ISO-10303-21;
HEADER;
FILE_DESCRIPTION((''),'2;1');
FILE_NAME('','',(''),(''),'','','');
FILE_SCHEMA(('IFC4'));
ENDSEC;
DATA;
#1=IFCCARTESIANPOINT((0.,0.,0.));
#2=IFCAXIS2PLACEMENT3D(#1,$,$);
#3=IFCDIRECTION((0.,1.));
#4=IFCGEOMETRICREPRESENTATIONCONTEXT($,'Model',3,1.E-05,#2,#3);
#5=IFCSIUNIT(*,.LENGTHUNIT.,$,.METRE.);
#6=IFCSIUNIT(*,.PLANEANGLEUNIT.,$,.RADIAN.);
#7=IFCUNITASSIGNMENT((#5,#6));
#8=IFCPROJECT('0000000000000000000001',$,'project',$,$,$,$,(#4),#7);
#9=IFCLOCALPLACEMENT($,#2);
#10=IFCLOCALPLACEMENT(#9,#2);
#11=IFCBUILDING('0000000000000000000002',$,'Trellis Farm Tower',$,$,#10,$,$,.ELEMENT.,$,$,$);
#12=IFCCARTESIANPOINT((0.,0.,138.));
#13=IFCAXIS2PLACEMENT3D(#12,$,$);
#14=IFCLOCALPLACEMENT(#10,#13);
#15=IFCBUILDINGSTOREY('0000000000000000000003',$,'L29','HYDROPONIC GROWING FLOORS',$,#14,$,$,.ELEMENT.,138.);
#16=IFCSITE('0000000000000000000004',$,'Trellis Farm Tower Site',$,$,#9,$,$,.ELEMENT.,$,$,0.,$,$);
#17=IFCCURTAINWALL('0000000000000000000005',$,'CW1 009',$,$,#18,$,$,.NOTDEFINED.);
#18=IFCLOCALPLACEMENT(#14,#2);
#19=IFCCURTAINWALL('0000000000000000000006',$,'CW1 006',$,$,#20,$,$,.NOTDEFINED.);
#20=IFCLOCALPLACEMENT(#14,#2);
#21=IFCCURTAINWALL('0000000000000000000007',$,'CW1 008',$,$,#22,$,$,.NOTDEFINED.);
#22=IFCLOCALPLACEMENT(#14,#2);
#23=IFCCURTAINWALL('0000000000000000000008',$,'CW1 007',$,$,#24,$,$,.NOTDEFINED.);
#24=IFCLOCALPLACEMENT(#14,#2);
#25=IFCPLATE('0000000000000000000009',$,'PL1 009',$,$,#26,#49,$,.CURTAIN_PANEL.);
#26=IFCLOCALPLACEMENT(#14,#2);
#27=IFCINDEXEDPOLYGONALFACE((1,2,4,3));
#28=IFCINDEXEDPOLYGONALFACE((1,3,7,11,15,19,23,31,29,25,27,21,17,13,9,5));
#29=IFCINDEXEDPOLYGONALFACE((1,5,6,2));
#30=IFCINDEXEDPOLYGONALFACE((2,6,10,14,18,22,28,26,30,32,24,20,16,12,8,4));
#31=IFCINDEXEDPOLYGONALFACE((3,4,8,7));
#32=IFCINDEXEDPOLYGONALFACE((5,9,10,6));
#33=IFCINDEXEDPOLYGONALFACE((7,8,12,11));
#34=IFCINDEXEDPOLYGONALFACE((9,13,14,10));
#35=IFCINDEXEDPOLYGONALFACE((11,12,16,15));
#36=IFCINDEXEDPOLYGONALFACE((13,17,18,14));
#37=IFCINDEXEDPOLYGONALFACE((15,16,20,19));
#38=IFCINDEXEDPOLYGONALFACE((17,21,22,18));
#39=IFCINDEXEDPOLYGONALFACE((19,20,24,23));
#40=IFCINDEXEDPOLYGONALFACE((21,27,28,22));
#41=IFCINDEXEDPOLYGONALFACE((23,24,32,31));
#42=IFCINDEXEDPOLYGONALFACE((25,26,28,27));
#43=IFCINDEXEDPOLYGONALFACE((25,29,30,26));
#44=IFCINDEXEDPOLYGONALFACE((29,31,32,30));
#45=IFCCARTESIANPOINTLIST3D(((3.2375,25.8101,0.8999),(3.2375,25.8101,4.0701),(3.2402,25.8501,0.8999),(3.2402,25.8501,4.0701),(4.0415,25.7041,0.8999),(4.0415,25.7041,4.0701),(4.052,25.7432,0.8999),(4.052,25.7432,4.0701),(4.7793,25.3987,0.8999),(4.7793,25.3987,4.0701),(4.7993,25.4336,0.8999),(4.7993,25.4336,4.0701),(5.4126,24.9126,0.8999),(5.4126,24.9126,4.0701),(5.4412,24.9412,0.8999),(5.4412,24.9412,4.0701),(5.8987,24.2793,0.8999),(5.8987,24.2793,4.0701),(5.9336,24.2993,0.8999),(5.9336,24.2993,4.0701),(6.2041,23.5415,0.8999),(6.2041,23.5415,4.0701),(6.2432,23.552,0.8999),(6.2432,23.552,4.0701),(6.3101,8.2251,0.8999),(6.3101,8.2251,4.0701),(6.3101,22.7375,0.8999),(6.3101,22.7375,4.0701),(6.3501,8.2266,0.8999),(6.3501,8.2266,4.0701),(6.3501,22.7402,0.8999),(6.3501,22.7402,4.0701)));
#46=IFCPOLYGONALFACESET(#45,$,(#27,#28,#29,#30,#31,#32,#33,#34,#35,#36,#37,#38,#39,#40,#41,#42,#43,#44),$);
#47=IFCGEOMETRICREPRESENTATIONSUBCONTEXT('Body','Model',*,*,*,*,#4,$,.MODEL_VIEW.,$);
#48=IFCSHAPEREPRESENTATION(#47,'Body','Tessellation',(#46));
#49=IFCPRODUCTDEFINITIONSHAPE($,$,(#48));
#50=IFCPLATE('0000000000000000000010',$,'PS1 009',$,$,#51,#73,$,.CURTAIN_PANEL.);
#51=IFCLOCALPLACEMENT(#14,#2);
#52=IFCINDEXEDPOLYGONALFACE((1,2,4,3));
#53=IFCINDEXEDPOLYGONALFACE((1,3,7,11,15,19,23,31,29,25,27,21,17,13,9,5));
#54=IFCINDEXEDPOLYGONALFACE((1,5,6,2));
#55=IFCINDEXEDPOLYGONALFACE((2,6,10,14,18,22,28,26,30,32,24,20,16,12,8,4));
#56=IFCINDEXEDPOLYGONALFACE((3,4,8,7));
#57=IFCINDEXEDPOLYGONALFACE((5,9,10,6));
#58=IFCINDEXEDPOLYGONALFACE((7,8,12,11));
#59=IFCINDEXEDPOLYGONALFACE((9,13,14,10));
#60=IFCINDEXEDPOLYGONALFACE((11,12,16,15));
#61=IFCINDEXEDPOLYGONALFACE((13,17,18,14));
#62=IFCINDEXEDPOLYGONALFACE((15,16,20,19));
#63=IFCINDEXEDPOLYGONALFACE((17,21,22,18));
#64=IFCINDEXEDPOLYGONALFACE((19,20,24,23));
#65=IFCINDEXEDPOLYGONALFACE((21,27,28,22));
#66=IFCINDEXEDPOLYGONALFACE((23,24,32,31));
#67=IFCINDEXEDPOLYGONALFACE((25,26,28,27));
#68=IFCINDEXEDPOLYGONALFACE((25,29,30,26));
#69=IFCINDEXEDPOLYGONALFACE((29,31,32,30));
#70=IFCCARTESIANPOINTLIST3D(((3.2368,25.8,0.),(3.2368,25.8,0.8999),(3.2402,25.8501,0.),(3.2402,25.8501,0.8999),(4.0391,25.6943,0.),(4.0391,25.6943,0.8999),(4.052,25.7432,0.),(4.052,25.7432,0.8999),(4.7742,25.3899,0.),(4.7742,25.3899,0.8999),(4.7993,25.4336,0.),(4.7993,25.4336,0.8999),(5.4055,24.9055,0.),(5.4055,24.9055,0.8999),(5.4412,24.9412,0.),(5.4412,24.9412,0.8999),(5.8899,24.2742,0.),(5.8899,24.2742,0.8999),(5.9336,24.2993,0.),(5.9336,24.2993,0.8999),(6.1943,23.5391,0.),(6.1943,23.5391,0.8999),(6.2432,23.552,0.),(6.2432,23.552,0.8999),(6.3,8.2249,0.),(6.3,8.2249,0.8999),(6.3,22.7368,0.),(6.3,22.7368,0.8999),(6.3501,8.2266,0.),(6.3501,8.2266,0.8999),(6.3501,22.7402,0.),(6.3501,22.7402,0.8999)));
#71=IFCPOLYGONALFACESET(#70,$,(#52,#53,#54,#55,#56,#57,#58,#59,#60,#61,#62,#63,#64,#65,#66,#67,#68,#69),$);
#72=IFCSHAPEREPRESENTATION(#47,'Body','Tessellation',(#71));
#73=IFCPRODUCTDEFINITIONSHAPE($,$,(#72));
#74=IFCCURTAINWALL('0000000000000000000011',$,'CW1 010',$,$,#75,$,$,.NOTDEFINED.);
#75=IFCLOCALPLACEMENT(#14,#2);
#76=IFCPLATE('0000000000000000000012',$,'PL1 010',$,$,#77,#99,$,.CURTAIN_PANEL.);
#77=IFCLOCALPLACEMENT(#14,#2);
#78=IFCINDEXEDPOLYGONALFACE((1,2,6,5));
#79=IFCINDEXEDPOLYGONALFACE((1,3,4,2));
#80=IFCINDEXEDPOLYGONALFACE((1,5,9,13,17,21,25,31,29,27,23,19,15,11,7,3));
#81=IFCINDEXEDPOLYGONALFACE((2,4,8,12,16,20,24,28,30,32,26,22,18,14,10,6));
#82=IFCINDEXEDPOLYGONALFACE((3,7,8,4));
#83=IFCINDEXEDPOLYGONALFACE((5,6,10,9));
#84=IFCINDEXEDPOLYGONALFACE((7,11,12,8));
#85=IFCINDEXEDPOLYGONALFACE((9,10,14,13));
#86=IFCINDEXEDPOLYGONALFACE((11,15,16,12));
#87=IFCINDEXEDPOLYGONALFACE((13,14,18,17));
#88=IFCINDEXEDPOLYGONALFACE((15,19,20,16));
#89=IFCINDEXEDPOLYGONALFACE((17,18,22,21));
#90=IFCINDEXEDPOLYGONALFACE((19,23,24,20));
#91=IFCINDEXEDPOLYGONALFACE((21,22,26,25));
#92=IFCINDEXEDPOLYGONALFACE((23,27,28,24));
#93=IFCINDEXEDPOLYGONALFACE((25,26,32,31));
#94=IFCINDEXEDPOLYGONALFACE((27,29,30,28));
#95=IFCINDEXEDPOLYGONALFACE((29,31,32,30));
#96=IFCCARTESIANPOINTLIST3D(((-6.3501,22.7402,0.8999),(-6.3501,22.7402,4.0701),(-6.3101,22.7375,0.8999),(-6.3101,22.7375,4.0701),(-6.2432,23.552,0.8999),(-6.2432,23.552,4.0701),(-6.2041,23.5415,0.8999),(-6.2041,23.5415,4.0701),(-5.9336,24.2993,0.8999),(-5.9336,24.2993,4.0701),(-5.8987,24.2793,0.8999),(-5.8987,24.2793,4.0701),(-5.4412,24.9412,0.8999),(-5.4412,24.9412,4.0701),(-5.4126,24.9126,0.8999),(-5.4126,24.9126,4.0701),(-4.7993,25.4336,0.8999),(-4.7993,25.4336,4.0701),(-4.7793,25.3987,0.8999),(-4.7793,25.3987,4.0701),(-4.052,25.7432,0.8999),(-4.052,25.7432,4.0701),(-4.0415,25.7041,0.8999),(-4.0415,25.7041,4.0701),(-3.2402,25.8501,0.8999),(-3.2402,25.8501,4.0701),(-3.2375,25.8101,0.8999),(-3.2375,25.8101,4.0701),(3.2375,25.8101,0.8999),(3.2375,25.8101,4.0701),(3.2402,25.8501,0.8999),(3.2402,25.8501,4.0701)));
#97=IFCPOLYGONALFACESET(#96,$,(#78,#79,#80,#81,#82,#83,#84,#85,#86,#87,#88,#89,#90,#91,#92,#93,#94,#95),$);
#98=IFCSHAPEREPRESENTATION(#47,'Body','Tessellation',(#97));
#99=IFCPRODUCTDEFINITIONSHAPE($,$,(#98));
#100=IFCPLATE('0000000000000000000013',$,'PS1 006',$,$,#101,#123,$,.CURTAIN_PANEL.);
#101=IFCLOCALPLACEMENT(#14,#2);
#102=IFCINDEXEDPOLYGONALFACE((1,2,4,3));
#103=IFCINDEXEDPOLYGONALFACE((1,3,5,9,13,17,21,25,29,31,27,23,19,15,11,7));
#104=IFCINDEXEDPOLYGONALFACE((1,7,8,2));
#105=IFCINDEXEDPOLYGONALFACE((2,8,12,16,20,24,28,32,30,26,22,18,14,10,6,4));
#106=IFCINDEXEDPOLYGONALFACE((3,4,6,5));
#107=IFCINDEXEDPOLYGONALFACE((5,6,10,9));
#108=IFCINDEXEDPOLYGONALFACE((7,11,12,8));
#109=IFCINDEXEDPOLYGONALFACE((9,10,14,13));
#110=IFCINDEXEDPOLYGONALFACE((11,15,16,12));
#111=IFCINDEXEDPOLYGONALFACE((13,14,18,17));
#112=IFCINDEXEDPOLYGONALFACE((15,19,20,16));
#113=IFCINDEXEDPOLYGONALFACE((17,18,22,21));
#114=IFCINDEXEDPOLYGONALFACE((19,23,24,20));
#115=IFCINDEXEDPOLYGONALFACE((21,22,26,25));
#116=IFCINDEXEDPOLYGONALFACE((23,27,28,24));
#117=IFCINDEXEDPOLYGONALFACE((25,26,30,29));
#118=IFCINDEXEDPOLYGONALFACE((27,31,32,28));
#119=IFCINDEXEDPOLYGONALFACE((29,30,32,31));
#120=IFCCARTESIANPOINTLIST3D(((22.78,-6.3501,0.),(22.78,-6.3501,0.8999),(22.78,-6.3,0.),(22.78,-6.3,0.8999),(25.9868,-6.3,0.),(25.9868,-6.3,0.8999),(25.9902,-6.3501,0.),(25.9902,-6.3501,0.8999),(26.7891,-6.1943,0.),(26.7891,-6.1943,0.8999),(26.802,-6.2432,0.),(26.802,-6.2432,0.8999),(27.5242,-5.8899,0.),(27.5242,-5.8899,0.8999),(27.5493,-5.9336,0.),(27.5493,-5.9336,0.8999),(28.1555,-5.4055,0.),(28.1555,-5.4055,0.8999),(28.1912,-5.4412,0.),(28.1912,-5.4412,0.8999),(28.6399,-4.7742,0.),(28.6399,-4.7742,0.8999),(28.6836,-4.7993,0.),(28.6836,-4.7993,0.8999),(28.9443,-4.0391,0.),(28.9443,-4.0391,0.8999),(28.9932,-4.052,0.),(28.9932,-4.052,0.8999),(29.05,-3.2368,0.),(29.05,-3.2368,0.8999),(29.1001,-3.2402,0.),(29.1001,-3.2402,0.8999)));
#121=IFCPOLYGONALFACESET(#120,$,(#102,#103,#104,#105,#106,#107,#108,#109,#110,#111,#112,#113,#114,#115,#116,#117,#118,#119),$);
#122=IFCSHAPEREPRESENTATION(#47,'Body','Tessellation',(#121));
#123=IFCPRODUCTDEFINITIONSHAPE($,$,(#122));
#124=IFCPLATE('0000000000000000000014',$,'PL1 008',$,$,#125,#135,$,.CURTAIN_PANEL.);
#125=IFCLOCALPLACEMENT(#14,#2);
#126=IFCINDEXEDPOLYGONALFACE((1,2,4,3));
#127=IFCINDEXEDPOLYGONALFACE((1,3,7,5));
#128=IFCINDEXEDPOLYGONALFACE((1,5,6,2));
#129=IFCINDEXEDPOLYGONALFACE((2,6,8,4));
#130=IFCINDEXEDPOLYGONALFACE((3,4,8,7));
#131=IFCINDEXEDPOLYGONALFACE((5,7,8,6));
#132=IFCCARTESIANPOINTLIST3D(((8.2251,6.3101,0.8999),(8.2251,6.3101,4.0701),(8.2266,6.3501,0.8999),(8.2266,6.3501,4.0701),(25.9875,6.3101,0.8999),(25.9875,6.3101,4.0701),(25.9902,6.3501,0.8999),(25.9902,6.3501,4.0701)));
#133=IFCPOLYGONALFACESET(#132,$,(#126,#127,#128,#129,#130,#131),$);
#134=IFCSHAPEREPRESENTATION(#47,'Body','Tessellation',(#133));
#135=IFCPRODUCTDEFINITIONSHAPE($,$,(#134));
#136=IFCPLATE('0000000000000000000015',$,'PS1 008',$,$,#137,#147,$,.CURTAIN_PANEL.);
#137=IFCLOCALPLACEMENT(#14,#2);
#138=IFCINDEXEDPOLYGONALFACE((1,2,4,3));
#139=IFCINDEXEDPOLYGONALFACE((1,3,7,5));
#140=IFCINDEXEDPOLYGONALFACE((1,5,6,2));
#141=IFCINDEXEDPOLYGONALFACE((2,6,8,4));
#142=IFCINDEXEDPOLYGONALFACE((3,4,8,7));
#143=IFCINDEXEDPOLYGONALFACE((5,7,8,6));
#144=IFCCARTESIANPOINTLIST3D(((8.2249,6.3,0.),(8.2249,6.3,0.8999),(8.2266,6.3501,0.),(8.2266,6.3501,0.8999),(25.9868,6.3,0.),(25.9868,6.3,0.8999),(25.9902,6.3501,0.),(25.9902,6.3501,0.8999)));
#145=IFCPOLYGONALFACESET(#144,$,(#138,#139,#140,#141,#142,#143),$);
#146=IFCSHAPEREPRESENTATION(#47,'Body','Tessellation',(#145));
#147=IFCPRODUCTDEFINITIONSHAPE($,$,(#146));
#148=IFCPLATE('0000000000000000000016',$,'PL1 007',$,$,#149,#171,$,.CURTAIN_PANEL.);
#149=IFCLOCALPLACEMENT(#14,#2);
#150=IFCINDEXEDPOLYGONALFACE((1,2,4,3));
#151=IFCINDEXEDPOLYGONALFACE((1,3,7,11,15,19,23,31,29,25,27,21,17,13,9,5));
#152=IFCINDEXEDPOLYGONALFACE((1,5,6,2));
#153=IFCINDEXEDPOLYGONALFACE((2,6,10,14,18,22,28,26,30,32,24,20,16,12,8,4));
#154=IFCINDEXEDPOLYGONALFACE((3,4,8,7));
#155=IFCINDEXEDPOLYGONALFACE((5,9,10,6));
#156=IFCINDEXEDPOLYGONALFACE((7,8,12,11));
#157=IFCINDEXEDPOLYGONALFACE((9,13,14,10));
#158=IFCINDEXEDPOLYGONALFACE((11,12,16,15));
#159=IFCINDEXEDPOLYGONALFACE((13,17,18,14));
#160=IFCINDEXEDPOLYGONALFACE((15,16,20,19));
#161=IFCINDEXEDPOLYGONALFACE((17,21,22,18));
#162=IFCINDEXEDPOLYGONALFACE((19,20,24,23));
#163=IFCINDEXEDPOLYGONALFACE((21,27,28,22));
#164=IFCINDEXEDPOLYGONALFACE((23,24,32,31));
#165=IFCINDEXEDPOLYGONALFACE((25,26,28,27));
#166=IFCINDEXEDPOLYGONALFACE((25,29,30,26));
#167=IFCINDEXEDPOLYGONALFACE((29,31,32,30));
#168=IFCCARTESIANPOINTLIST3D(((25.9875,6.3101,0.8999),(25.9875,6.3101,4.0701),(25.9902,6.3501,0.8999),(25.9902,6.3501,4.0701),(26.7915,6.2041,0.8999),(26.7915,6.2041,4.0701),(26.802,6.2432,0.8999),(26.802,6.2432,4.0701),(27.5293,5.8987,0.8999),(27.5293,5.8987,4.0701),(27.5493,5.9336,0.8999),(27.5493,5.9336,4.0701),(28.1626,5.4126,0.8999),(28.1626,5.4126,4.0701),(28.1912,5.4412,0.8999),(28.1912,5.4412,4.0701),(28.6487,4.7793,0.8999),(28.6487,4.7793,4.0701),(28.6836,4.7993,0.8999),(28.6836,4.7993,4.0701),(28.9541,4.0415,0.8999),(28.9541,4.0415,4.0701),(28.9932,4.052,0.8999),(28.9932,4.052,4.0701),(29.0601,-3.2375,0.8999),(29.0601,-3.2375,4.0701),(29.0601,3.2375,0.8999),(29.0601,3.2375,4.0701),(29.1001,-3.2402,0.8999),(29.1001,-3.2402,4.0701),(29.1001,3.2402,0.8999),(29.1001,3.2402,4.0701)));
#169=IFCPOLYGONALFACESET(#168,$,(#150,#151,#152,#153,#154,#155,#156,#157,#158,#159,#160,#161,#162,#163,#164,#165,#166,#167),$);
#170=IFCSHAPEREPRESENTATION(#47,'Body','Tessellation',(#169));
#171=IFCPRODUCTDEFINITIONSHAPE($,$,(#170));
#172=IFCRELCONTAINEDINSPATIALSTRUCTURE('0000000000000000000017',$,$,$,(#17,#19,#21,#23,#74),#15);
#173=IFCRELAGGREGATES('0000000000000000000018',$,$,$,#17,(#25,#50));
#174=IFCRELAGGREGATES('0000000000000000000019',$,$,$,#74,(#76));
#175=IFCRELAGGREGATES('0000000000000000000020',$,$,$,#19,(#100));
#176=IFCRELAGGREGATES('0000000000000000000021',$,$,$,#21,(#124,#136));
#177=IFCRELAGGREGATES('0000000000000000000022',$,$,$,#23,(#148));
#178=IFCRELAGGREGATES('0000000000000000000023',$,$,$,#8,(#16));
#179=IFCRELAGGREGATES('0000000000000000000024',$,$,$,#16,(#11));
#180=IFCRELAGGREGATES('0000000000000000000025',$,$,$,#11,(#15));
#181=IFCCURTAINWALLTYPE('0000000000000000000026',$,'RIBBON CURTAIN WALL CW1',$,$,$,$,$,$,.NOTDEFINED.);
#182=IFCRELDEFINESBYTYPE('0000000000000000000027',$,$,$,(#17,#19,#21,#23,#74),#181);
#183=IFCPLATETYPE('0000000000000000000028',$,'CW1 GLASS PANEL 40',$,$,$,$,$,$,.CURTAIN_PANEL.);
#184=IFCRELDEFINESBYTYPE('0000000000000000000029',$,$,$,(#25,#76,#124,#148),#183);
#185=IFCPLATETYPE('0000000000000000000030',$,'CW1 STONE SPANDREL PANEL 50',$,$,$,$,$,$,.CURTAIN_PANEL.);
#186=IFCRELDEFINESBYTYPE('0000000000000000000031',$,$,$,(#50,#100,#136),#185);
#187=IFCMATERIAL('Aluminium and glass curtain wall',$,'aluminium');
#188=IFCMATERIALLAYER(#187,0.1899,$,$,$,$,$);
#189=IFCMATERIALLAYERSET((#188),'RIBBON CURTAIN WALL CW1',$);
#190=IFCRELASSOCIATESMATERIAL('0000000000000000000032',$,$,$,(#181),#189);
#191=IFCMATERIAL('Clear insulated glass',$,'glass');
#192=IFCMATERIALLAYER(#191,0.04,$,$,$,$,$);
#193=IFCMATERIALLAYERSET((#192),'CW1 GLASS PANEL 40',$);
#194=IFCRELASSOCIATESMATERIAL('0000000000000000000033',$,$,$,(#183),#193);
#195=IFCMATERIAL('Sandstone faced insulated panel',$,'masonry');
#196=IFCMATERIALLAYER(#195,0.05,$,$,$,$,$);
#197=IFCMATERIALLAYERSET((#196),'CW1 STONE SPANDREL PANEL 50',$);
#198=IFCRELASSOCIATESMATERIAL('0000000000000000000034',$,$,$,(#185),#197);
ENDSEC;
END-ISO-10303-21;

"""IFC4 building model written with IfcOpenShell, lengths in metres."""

from ifc_helpers import new_model, si_unit, direction, frame, origin, place, context, subcontext, project, spatial, polyline, outline, extrude, source, transform, mapped, material, layer, layer_set, type_object, element, aggregate, save


model = new_model("IFC4")

# Units and contexts
model_context = context("Model", 3, precision=1e-05, world=origin(), true_north=direction((0.0, 1.0)))
body_context = subcontext(model_context, "Body", "Model", "MODEL_VIEW")
ifc_project = project(units=[si_unit("LENGTHUNIT", "METRE"), si_unit("PLANEANGLEUNIT", "RADIAN")], contexts=[model_context])

# Site, building, storey
site_placement = place(None, origin())
site = spatial("IfcSite", under=ifc_project, at=site_placement, Name="Trellis Farm Tower Site", CompositionType="ELEMENT", RefElevation=0.0)
building_placement = place(site_placement, origin())
building = spatial("IfcBuilding", under=site, at=building_placement, Name="Trellis Farm Tower", CompositionType="ELEMENT")
storey_placement = place(building_placement, frame((0.0, 0.0, 138.0)))
storey = spatial("IfcBuildingStorey", under=building, at=storey_placement, Name="L29", Description="HYDROPONIC GROWING FLOORS", CompositionType="ELEMENT", Elevation=138.0)

# Curtain walls
ifc_material_1 = material(Name="Aluminium and glass curtain wall", Category="aluminium")
placement_1 = place(storey_placement, origin())
ifc_layer_1 = layer(ifc_material_1, 0.1899)
ifc_layer_set_1 = layer_set([ifc_layer_1], Name="RIBBON CURTAIN WALL CW1")
curtain_wall_type_1 = type_object("IfcCurtainWallType", Name="RIBBON CURTAIN WALL CW1", PredefinedType="NOTDEFINED", material=ifc_layer_set_1)
curtain_wall_1 = element("IfcCurtainWall", 1, at=placement_1, inside=storey, type_object=curtain_wall_type_1, Name="CW1 009", PredefinedType="NOTDEFINED")
curtain_wall_2 = element("IfcCurtainWall", 2, at=placement_1, inside=storey, type_object=curtain_wall_type_1, Name="CW1 006", PredefinedType="NOTDEFINED")
curtain_wall_3 = element("IfcCurtainWall", 3, at=placement_1, inside=storey, type_object=curtain_wall_type_1, Name="CW1 008", PredefinedType="NOTDEFINED")
curtain_wall_4 = element("IfcCurtainWall", 4, at=placement_1, inside=storey, type_object=curtain_wall_type_1, Name="CW1 007", PredefinedType="NOTDEFINED")

# Plates
ifc_material_2 = material(Name="Clear insulated glass", Category="glass")
ifc_layer_2 = layer(ifc_material_2, 0.04)
ifc_layer_set_2 = layer_set([ifc_layer_2], Name="CW1 GLASS PANEL 40")
plate_type_1 = type_object("IfcPlateType", Name="CW1 GLASS PANEL 40", PredefinedType="CURTAIN_PANEL", material=ifc_layer_set_2)
shared_shape_1 = source(origin(), body_context, "Body", "SweptSolid", [
    extrude(outline(polyline([(6.3501, 8.2266), (6.3501, 22.7402), (6.2432, 23.552), (5.9336, 24.2993), (5.4412, 24.9412), (4.7993, 25.4336), (4.052, 25.7432), (3.2402, 25.8501), (3.2375, 25.8101), (4.0415, 25.7041), (4.7793, 25.3987), (5.4126, 24.9126), (5.8987, 24.2793), (6.2041, 23.5415), (6.3101, 22.7375), (6.3101, 8.2251), (6.3501, 8.2266)])), origin(), (0.0, 0.0, 1.0), 3.1702),
])
placement_2 = place(storey_placement, frame((0.0, 0.0, 0.8999)))
plate_1 = element("IfcPlate", 5, at=placement_2, type_object=plate_type_1, Name="PL1 009", PredefinedType="CURTAIN_PANEL", context=body_context, shape_type="MappedRepresentation", body=[
    mapped(shared_shape_1, transform((0.0, 0.0, 0.0))),
])
ifc_material_3 = material(Name="Sandstone faced insulated panel", Category="masonry")
ifc_layer_3 = layer(ifc_material_3, 0.05)
ifc_layer_set_3 = layer_set([ifc_layer_3], Name="CW1 STONE SPANDREL PANEL 50")
plate_type_2 = type_object("IfcPlateType", Name="CW1 STONE SPANDREL PANEL 50", PredefinedType="CURTAIN_PANEL", material=ifc_layer_set_3)
shared_shape_2 = source(origin(), body_context, "Body", "SweptSolid", [
    extrude(outline(polyline([(6.3501, 8.2266), (6.3501, 22.7402), (6.2432, 23.552), (5.9336, 24.2993), (5.4412, 24.9412), (4.7993, 25.4336), (4.052, 25.7432), (3.2402, 25.8501), (3.2368, 25.8), (4.0391, 25.6943), (4.7742, 25.3899), (5.4055, 24.9055), (5.8899, 24.2742), (6.1943, 23.5391), (6.3, 22.7368), (6.3, 8.2249), (6.3501, 8.2266)])), origin(), (0.0, 0.0, 1.0), 0.8999),
])
plate_2 = element("IfcPlate", 6, at=placement_1, type_object=plate_type_2, Name="PS1 009", PredefinedType="CURTAIN_PANEL", context=body_context, shape_type="MappedRepresentation", body=[
    mapped(shared_shape_2, transform((0.0, 0.0, 0.0))),
])
aggregate(curtain_wall_1, [plate_1, plate_2])

# Curtain wall, plate
curtain_wall_5 = element("IfcCurtainWall", 7, at=placement_1, inside=storey, type_object=curtain_wall_type_1, Name="CW1 010", PredefinedType="NOTDEFINED")
shared_shape_3 = source(origin(), body_context, "Body", "SweptSolid", [
    extrude(outline(polyline([(3.2402, 25.8501), (-3.2402, 25.8501), (-4.052, 25.7432), (-4.7993, 25.4336), (-5.4412, 24.9412), (-5.9336, 24.2993), (-6.2432, 23.552), (-6.3501, 22.7402), (-6.3101, 22.7375), (-6.2041, 23.5415), (-5.8987, 24.2793), (-5.4126, 24.9126), (-4.7793, 25.3987), (-4.0415, 25.7041), (-3.2375, 25.8101), (3.2375, 25.8101), (3.2402, 25.8501)])), origin(), (0.0, 0.0, 1.0), 3.1702),
])
plate_3 = element("IfcPlate", 8, at=placement_2, type_object=plate_type_1, Name="PL1 010", PredefinedType="CURTAIN_PANEL", context=body_context, shape_type="MappedRepresentation", body=[
    mapped(shared_shape_3, transform((0.0, 0.0, 0.0))),
])
aggregate(curtain_wall_5, [plate_3])

# Plates
shared_shape_4 = source(origin(), body_context, "Body", "SweptSolid", [
    extrude(outline(polyline([(22.78, -6.3501), (25.9902, -6.3501), (26.802, -6.2432), (27.5493, -5.9336), (28.1912, -5.4412), (28.6836, -4.7993), (28.9932, -4.052), (29.1001, -3.2402), (29.05, -3.2368), (28.9443, -4.0391), (28.6399, -4.7742), (28.1555, -5.4055), (27.5242, -5.8899), (26.7891, -6.1943), (25.9868, -6.3), (22.78, -6.3), (22.78, -6.3501)])), origin(), (0.0, 0.0, 1.0), 0.8999),
])
plate_4 = element("IfcPlate", 9, at=placement_1, type_object=plate_type_2, Name="PS1 006", PredefinedType="CURTAIN_PANEL", context=body_context, shape_type="MappedRepresentation", body=[
    mapped(shared_shape_4, transform((0.0, 0.0, 0.0))),
])
aggregate(curtain_wall_2, [plate_4])
shared_shape_5 = source(origin(), body_context, "Body", "SweptSolid", [
    extrude(outline(polyline([(25.9902, 6.3501), (8.2266, 6.3501), (8.2251, 6.3101), (25.9875, 6.3101), (25.9902, 6.3501)])), origin(), (0.0, 0.0, 1.0), 3.1702),
])
plate_5 = element("IfcPlate", 10, at=placement_2, type_object=plate_type_1, Name="PL1 008", PredefinedType="CURTAIN_PANEL", context=body_context, shape_type="MappedRepresentation", body=[
    mapped(shared_shape_5, transform((0.0, 0.0, 0.0))),
])
shared_shape_6 = source(origin(), body_context, "Body", "SweptSolid", [
    extrude(outline(polyline([(25.9902, 6.3501), (8.2266, 6.3501), (8.2249, 6.3), (25.9868, 6.3), (25.9902, 6.3501)])), origin(), (0.0, 0.0, 1.0), 0.8999),
])
plate_6 = element("IfcPlate", 11, at=placement_1, type_object=plate_type_2, Name="PS1 008", PredefinedType="CURTAIN_PANEL", context=body_context, shape_type="MappedRepresentation", body=[
    mapped(shared_shape_6, transform((0.0, 0.0, 0.0))),
])
aggregate(curtain_wall_3, [plate_5, plate_6])
shared_shape_7 = source(origin(), body_context, "Body", "SweptSolid", [
    extrude(outline(polyline([(29.1001, -3.2402), (29.1001, 3.2402), (28.9932, 4.052), (28.6836, 4.7993), (28.1912, 5.4412), (27.5493, 5.9336), (26.802, 6.2432), (25.9902, 6.3501), (25.9875, 6.3101), (26.7915, 6.2041), (27.5293, 5.8987), (28.1626, 5.4126), (28.6487, 4.7793), (28.9541, 4.0415), (29.0601, 3.2375), (29.0601, -3.2375), (29.1001, -3.2402)])), origin(), (0.0, 0.0, 1.0), 3.1702),
])
plate_7 = element("IfcPlate", 12, at=placement_2, type_object=plate_type_1, Name="PL1 007", PredefinedType="CURTAIN_PANEL", context=body_context, shape_type="MappedRepresentation", body=[
    mapped(shared_shape_7, transform((0.0, 0.0, 0.0))),
])
aggregate(curtain_wall_4, [plate_7])

save(model, "model.ifc")
